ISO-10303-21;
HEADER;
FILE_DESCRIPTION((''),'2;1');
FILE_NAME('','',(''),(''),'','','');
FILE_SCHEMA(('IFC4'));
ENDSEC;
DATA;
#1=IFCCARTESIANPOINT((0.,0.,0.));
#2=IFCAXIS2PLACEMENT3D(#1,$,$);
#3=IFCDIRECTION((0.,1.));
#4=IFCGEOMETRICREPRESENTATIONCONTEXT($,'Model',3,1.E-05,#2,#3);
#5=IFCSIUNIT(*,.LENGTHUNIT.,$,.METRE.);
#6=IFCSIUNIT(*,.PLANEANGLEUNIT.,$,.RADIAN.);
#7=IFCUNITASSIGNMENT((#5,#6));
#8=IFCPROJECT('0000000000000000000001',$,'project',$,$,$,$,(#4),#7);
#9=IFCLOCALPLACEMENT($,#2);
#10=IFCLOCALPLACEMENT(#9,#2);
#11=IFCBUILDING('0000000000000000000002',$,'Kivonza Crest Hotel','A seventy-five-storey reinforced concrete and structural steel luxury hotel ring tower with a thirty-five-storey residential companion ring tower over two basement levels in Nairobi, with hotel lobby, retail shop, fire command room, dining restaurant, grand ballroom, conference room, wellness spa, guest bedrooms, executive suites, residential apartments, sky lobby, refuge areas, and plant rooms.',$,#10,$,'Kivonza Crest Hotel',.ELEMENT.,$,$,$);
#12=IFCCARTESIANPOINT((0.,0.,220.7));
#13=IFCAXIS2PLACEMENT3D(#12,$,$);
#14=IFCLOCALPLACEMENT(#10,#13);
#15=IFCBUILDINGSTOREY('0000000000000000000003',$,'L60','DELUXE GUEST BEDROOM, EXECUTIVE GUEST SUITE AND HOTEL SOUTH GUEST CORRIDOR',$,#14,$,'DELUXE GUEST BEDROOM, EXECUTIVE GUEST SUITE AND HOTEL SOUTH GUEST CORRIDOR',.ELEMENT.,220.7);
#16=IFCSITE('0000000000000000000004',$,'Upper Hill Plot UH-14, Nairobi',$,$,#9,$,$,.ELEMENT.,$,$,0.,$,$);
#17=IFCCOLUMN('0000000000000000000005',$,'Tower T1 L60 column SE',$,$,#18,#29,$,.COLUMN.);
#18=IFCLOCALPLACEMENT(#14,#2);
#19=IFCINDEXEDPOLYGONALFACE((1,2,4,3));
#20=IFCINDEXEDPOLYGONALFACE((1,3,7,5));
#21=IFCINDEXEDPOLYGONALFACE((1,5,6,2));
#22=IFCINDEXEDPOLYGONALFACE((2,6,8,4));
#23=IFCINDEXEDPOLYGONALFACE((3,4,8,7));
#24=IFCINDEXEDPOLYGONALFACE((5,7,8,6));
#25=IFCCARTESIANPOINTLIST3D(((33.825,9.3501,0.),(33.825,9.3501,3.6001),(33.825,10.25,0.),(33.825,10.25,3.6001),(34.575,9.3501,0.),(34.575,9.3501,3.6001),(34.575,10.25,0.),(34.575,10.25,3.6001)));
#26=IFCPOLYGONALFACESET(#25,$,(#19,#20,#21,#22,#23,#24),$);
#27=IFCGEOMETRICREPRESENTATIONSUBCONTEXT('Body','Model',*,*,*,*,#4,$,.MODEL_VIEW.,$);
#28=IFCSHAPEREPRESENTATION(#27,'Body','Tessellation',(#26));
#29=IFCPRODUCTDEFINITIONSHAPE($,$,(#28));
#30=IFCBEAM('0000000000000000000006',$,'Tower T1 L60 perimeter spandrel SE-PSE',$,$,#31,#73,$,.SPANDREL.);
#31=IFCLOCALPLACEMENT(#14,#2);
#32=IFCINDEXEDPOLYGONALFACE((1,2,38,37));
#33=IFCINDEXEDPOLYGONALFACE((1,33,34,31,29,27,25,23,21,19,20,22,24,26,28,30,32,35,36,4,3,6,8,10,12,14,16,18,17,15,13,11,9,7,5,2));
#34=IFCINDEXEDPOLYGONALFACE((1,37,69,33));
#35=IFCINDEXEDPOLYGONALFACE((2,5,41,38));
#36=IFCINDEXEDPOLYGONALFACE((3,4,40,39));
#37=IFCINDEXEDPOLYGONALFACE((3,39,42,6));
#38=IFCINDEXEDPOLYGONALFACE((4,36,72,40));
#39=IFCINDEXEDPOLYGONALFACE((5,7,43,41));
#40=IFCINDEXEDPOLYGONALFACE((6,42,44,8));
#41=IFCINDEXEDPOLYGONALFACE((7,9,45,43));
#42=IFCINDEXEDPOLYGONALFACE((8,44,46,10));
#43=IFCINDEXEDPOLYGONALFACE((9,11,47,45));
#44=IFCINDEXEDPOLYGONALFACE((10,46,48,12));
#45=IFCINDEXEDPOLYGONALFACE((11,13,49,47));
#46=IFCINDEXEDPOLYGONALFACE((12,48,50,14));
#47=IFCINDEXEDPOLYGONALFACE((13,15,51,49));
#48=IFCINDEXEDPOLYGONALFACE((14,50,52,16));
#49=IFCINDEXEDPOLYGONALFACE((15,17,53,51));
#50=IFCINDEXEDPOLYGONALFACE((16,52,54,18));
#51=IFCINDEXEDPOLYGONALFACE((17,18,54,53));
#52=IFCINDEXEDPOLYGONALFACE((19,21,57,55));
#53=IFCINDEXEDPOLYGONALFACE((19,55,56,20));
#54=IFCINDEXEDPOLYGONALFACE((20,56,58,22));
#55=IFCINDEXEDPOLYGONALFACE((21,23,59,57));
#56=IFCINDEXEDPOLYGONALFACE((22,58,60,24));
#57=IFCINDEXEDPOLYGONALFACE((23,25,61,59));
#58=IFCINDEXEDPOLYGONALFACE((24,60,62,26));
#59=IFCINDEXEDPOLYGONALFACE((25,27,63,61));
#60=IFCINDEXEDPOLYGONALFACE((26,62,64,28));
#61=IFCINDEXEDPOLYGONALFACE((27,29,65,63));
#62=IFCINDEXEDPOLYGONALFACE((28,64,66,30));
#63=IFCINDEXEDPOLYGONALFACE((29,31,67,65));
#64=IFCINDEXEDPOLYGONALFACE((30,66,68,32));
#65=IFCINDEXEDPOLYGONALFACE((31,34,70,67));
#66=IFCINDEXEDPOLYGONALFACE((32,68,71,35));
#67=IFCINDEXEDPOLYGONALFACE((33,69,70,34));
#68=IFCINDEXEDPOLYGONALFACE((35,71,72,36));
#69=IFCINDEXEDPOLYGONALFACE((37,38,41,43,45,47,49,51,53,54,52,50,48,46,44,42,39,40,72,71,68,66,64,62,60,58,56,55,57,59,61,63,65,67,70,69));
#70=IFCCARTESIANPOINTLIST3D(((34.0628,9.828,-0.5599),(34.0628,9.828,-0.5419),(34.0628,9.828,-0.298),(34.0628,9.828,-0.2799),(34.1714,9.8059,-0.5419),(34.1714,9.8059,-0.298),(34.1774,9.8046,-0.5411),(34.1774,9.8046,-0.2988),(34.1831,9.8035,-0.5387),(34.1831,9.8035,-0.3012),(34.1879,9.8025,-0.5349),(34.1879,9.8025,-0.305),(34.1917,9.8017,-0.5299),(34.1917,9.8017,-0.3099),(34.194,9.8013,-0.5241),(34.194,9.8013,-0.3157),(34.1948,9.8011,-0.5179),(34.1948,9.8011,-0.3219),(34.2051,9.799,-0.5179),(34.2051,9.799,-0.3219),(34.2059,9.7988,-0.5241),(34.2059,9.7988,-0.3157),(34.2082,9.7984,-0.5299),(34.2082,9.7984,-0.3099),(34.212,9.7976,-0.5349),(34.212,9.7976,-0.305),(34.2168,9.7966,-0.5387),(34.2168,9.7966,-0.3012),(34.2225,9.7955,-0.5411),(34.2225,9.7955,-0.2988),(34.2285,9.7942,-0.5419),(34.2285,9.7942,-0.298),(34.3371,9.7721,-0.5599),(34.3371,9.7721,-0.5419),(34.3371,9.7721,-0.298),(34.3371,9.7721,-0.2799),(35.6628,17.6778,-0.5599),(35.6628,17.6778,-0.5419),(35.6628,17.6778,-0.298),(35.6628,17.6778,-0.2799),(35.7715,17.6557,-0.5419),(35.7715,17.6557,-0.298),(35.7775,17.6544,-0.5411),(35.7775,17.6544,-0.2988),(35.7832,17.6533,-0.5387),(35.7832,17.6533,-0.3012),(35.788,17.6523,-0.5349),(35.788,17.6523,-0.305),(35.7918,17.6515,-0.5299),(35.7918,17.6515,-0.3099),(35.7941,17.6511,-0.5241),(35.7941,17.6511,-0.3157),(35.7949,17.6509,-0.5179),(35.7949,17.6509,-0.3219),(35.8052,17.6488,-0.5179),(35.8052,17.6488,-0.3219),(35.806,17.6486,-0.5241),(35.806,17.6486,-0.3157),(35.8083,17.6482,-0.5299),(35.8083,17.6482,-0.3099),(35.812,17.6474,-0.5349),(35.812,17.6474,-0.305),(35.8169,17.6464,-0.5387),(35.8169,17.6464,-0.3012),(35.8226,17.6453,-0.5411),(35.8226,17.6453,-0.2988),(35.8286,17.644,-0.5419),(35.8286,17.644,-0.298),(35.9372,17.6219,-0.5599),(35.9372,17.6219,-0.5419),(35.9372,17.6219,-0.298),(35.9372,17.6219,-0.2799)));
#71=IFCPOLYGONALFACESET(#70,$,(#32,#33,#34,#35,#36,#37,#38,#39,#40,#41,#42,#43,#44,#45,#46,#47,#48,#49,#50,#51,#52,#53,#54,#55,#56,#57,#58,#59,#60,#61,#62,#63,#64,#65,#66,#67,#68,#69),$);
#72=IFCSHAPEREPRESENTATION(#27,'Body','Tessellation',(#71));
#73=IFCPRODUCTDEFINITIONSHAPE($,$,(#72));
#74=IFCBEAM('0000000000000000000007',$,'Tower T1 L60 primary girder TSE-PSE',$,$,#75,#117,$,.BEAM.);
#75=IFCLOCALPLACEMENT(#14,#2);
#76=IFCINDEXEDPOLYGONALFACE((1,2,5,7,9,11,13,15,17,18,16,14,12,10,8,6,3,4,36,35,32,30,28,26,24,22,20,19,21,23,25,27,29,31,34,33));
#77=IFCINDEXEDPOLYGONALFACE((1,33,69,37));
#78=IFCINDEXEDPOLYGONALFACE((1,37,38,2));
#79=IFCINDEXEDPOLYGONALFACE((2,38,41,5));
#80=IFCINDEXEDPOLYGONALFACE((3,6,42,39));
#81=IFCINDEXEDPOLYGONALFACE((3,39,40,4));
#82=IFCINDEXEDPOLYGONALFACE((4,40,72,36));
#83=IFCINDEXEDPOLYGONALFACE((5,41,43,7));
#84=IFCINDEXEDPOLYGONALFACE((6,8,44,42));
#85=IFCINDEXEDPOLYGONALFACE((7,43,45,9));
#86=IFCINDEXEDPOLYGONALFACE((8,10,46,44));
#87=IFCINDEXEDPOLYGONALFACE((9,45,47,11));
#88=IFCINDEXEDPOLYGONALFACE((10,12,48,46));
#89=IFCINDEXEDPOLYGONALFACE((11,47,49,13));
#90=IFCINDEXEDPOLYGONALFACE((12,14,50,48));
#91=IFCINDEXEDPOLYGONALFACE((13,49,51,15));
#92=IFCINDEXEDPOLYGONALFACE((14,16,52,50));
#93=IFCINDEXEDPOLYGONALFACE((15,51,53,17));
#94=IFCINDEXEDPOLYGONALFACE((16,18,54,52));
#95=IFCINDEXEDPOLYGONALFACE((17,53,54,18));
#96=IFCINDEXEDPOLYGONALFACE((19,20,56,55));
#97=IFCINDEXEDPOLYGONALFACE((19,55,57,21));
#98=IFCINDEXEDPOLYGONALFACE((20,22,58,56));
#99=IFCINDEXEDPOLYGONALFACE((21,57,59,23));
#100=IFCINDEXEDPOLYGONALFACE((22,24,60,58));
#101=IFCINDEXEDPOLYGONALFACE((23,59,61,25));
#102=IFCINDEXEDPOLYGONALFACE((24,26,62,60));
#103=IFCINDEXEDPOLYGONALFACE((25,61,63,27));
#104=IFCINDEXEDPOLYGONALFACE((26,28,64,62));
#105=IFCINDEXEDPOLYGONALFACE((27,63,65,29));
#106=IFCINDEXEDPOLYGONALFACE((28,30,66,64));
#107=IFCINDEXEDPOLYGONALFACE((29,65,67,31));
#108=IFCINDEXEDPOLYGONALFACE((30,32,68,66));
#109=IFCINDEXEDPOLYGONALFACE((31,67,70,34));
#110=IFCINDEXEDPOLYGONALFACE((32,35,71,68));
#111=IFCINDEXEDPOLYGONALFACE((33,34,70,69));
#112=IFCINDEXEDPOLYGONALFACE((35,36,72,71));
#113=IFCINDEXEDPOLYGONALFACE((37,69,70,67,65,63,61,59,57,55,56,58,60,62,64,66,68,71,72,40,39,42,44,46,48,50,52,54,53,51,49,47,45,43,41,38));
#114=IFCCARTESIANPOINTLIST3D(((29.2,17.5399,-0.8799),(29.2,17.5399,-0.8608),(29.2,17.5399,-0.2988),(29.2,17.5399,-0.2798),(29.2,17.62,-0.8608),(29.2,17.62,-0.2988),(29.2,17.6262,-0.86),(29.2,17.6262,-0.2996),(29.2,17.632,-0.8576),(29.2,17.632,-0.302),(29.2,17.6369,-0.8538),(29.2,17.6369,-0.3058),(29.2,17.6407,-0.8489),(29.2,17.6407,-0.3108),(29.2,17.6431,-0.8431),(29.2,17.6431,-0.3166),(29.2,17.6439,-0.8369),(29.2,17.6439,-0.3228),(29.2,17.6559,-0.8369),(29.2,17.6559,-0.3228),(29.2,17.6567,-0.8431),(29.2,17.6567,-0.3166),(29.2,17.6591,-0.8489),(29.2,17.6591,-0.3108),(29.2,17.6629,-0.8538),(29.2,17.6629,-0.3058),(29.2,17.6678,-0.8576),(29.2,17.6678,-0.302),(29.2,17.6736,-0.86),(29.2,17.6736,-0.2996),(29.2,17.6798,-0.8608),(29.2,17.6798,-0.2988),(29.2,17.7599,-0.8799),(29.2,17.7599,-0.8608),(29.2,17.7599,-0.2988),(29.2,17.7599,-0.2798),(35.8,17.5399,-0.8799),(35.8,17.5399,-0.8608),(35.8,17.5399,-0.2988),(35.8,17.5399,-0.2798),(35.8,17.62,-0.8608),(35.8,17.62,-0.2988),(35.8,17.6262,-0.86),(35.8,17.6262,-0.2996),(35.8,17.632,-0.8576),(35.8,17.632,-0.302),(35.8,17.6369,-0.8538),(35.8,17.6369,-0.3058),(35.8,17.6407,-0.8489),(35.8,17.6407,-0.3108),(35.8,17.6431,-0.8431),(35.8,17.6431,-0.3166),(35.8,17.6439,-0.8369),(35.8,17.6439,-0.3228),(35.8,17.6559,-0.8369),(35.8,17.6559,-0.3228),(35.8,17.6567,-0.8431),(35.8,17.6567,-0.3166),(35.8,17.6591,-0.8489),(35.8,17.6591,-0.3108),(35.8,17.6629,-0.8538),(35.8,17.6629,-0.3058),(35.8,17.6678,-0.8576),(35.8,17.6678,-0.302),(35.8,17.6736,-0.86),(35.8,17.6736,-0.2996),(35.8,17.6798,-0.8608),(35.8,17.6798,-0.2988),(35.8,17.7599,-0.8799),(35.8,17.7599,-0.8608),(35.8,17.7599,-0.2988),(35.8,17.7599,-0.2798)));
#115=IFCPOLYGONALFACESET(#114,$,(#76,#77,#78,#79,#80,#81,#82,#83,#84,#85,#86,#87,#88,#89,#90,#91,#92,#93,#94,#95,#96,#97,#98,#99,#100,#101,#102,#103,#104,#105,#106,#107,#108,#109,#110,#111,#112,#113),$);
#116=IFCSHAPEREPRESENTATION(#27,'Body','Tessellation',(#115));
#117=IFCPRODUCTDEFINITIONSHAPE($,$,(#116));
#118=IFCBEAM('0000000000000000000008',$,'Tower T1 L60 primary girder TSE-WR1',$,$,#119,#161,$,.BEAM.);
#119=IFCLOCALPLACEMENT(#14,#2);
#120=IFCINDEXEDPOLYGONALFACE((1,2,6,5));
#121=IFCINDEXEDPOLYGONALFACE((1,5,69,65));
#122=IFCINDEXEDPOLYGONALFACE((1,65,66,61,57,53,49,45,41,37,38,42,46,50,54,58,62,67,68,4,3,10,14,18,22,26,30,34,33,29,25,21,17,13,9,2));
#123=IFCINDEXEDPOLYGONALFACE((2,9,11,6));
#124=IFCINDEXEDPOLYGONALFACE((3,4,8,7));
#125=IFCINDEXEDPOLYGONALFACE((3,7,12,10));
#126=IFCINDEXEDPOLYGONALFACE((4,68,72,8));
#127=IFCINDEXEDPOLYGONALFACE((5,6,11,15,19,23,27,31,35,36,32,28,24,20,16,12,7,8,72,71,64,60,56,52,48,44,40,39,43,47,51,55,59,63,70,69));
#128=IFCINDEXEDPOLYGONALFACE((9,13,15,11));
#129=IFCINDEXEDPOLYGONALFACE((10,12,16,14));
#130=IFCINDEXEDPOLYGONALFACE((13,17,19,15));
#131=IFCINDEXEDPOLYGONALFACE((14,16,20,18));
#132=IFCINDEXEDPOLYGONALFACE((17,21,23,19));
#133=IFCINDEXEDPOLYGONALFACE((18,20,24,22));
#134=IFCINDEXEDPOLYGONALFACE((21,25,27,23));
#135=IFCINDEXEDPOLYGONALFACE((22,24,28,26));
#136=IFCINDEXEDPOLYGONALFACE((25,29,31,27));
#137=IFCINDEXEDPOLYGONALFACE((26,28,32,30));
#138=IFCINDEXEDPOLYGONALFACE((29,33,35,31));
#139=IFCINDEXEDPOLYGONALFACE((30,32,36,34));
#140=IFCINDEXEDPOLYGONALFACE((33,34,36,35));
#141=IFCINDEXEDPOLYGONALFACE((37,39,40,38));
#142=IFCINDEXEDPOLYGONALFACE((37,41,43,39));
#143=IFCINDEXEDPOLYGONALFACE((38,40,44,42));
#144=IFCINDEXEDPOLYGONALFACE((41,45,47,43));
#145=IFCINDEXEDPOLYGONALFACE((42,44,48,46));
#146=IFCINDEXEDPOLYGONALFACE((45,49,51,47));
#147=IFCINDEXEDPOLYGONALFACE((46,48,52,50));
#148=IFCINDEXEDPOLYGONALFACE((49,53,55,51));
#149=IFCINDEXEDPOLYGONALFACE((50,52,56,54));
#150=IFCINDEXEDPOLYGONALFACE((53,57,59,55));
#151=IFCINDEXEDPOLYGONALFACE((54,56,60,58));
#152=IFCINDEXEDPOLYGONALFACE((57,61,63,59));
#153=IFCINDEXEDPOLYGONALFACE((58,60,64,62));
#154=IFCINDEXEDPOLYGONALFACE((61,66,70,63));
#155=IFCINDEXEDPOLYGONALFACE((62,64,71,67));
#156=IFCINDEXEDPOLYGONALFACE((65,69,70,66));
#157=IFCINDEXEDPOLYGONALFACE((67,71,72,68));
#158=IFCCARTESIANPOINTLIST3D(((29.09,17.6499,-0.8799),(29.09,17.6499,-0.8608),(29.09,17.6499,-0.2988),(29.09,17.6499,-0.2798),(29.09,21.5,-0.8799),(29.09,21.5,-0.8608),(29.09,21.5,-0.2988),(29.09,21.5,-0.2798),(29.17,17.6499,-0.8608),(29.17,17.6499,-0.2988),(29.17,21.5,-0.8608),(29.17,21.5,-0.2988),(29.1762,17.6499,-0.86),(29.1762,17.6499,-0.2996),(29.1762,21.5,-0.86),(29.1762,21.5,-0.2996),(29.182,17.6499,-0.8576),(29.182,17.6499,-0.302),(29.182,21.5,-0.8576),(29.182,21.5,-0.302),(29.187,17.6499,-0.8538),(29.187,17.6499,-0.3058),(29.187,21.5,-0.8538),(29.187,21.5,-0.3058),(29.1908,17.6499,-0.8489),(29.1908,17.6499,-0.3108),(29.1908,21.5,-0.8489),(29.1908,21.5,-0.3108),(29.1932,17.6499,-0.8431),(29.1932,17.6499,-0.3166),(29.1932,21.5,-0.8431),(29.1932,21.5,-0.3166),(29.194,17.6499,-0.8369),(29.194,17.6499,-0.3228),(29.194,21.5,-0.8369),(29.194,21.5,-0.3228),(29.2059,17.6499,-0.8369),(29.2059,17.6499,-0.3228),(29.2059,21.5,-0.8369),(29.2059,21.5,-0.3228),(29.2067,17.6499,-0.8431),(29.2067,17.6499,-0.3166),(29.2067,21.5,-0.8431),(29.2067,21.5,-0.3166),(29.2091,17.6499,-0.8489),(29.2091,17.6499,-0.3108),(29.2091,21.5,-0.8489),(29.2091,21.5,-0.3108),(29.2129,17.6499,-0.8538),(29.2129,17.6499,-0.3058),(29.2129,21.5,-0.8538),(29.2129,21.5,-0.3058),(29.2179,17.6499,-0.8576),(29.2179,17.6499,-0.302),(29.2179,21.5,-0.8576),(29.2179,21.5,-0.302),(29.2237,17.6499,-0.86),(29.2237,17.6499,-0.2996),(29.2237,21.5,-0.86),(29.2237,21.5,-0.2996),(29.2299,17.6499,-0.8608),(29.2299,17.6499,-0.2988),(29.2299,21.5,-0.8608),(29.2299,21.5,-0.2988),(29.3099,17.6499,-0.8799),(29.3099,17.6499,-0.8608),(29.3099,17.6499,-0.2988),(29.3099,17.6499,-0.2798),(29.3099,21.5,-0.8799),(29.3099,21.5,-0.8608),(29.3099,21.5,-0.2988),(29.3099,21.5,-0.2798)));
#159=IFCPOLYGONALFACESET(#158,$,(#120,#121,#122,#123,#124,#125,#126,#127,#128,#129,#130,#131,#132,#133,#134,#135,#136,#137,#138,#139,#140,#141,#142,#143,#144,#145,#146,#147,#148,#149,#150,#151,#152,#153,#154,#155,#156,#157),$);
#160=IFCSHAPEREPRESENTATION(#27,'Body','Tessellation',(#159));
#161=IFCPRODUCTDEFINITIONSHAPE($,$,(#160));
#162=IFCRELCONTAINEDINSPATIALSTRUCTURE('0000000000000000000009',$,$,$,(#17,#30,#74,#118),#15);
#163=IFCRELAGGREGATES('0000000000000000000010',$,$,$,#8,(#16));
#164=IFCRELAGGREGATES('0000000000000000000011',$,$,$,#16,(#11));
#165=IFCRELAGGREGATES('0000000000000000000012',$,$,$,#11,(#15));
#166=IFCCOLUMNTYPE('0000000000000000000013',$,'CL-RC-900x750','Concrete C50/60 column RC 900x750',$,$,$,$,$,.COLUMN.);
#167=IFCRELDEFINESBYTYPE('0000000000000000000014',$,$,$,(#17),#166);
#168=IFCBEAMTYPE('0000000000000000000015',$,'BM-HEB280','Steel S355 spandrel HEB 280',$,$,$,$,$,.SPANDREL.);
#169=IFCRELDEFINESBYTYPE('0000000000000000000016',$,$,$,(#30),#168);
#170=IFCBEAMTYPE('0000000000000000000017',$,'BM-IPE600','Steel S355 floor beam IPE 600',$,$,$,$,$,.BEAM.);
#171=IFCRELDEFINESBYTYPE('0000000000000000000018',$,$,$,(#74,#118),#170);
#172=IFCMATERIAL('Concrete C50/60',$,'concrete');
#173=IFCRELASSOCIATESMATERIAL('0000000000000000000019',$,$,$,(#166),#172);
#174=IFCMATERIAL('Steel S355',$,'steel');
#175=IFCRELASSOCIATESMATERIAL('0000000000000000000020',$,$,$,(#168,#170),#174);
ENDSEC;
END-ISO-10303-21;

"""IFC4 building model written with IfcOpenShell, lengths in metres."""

from ifc_helpers import new_model, si_unit, direction, frame, origin, origin_2d, place, context, subcontext, project, spatial, rectangle, i_section, extrude, material, material_profile, profile_set, type_object, element, save


model = new_model("IFC4")

# Units and contexts
model_context = context("Model", 3, precision=1e-05, world=origin(), true_north=direction((0.0, 1.0)))
body_context = subcontext(model_context, "Body", "Model", "MODEL_VIEW")
ifc_project = project(units=[si_unit("LENGTHUNIT", "METRE"), si_unit("PLANEANGLEUNIT", "RADIAN")], contexts=[model_context])

# Site, building, storey
site_placement = place(None, origin())
site = spatial("IfcSite", under=ifc_project, at=site_placement, Name="Upper Hill Plot UH-14, Nairobi", CompositionType="ELEMENT", RefElevation=0.0)
building_placement = place(site_placement, origin())
building = spatial("IfcBuilding", under=site, at=building_placement, Name="Kivonza Crest Hotel", Description="A seventy-five-storey reinforced concrete and structural steel luxury hotel ring tower with a thirty-five-storey residential companion ring tower over two basement levels in Nairobi, with hotel lobby, retail shop, fire command room, dining restaurant, grand ballroom, conference room, wellness spa, guest bedrooms, executive suites, residential apartments, sky lobby, refuge areas, and plant rooms.", LongName="Kivonza Crest Hotel", CompositionType="ELEMENT")
storey_placement = place(building_placement, frame((0.0, 0.0, 220.7)))
storey = spatial("IfcBuildingStorey", under=building, at=storey_placement, Name="L60", Description="DELUXE GUEST BEDROOM, EXECUTIVE GUEST SUITE AND HOTEL SOUTH GUEST CORRIDOR", LongName="DELUXE GUEST BEDROOM, EXECUTIVE GUEST SUITE AND HOTEL SOUTH GUEST CORRIDOR", CompositionType="ELEMENT", Elevation=220.7)

# Column
ifc_material_1 = material(Name="Concrete C50/60", Category="concrete")
ifc_material_profile_1 = material_profile(ifc_material_1, rectangle(XDim=0.75, YDim=0.8999, at=origin_2d()), Name="RC 900x750")
ifc_profile_set_1 = profile_set([ifc_material_profile_1], Name="Concrete C50/60")
column_type = type_object("IfcColumnType", Name="CL-RC-900x750", Description="Concrete C50/60 column RC 900x750", PredefinedType="COLUMN", material=ifc_profile_set_1)
column_placement = place(storey_placement, frame((34.2, 9.8, 0.0), z_axis=(0.0, 0.0, 1.0), x_axis=(1.0, 0.0, 0.0)))
element("IfcColumn", 1, at=column_placement, inside=storey, type_object=column_type, Name="Tower T1 L60 column SE", PredefinedType="COLUMN", context=body_context, shape_type="SweptSolid", body=[
    extrude(rectangle(XDim=0.75, YDim=0.8999, at=origin_2d()), origin(), (0.0, 0.0, 1.0), 3.6001),
])

# Beams
ifc_material_2 = material(Name="Steel S355", Category="steel")
ifc_material_profile_2 = material_profile(ifc_material_2, i_section(OverallWidth=0.28, OverallDepth=0.28, WebThickness=0.0105, FlangeThickness=0.0181, FilletRadius=0.0239, at=origin_2d()), Name="HEB 280")
ifc_profile_set_2 = profile_set([ifc_material_profile_2], Name="Steel S355")
beam_type_1 = type_object("IfcBeamType", Name="BM-HEB280", Description="Steel S355 spandrel HEB 280", PredefinedType="SPANDREL", material=ifc_profile_set_2)
beam_1_placement = place(storey_placement, frame((34.2, 9.8, -0.4199), z_axis=(0.199731, 0.979851, 0.0), x_axis=(-0.979851, 0.199731, 0.0)))
element("IfcBeam", 2, at=beam_1_placement, inside=storey, type_object=beam_type_1, Name="Tower T1 L60 perimeter spandrel SE-PSE", PredefinedType="SPANDREL", context=body_context, shape_type="SweptSolid", body=[
    extrude(i_section(OverallWidth=0.28, OverallDepth=0.28, WebThickness=0.0105, FlangeThickness=0.0181, FilletRadius=0.0239, at=origin_2d()), origin(), (0.0, 0.0, 1.0), 8.0112),
])
ifc_material_profile_3 = material_profile(ifc_material_2, i_section(OverallWidth=0.22, OverallDepth=0.6001, WebThickness=0.012, FlangeThickness=0.019, FilletRadius=0.0239, at=origin_2d()), Name="IPE 600")
ifc_profile_set_3 = profile_set([ifc_material_profile_3], Name="Steel S355")
beam_type_2 = type_object("IfcBeamType", Name="BM-IPE600", Description="Steel S355 floor beam IPE 600", PredefinedType="BEAM", material=ifc_profile_set_3)
beam_2_placement = place(storey_placement, frame((29.2, 17.6499, -0.5798), z_axis=(1.0, 0.0, 0.0), x_axis=(0.0, 1.0, 0.0)))
element("IfcBeam", 3, at=beam_2_placement, inside=storey, type_object=beam_type_2, Name="Tower T1 L60 primary girder TSE-PSE", PredefinedType="BEAM", context=body_context, shape_type="SweptSolid", body=[
    extrude(i_section(OverallWidth=0.22, OverallDepth=0.6001, WebThickness=0.012, FlangeThickness=0.019, FilletRadius=0.0239, at=origin_2d()), origin(), (0.0, 0.0, 1.0), 6.6001),
])
beam_3_placement = place(storey_placement, frame((29.2, 17.6499, -0.5798), z_axis=(0.0, 1.0, 0.0), x_axis=(-1.0, 0.0, 0.0)))
element("IfcBeam", 4, at=beam_3_placement, inside=storey, type_object=beam_type_2, Name="Tower T1 L60 primary girder TSE-WR1", PredefinedType="BEAM", context=body_context, shape_type="SweptSolid", body=[
    extrude(i_section(OverallWidth=0.22, OverallDepth=0.6001, WebThickness=0.012, FlangeThickness=0.019, FilletRadius=0.0239, at=origin_2d()), origin(), (0.0, 0.0, 1.0), 3.8501),
])

save(model, "model.ifc")
